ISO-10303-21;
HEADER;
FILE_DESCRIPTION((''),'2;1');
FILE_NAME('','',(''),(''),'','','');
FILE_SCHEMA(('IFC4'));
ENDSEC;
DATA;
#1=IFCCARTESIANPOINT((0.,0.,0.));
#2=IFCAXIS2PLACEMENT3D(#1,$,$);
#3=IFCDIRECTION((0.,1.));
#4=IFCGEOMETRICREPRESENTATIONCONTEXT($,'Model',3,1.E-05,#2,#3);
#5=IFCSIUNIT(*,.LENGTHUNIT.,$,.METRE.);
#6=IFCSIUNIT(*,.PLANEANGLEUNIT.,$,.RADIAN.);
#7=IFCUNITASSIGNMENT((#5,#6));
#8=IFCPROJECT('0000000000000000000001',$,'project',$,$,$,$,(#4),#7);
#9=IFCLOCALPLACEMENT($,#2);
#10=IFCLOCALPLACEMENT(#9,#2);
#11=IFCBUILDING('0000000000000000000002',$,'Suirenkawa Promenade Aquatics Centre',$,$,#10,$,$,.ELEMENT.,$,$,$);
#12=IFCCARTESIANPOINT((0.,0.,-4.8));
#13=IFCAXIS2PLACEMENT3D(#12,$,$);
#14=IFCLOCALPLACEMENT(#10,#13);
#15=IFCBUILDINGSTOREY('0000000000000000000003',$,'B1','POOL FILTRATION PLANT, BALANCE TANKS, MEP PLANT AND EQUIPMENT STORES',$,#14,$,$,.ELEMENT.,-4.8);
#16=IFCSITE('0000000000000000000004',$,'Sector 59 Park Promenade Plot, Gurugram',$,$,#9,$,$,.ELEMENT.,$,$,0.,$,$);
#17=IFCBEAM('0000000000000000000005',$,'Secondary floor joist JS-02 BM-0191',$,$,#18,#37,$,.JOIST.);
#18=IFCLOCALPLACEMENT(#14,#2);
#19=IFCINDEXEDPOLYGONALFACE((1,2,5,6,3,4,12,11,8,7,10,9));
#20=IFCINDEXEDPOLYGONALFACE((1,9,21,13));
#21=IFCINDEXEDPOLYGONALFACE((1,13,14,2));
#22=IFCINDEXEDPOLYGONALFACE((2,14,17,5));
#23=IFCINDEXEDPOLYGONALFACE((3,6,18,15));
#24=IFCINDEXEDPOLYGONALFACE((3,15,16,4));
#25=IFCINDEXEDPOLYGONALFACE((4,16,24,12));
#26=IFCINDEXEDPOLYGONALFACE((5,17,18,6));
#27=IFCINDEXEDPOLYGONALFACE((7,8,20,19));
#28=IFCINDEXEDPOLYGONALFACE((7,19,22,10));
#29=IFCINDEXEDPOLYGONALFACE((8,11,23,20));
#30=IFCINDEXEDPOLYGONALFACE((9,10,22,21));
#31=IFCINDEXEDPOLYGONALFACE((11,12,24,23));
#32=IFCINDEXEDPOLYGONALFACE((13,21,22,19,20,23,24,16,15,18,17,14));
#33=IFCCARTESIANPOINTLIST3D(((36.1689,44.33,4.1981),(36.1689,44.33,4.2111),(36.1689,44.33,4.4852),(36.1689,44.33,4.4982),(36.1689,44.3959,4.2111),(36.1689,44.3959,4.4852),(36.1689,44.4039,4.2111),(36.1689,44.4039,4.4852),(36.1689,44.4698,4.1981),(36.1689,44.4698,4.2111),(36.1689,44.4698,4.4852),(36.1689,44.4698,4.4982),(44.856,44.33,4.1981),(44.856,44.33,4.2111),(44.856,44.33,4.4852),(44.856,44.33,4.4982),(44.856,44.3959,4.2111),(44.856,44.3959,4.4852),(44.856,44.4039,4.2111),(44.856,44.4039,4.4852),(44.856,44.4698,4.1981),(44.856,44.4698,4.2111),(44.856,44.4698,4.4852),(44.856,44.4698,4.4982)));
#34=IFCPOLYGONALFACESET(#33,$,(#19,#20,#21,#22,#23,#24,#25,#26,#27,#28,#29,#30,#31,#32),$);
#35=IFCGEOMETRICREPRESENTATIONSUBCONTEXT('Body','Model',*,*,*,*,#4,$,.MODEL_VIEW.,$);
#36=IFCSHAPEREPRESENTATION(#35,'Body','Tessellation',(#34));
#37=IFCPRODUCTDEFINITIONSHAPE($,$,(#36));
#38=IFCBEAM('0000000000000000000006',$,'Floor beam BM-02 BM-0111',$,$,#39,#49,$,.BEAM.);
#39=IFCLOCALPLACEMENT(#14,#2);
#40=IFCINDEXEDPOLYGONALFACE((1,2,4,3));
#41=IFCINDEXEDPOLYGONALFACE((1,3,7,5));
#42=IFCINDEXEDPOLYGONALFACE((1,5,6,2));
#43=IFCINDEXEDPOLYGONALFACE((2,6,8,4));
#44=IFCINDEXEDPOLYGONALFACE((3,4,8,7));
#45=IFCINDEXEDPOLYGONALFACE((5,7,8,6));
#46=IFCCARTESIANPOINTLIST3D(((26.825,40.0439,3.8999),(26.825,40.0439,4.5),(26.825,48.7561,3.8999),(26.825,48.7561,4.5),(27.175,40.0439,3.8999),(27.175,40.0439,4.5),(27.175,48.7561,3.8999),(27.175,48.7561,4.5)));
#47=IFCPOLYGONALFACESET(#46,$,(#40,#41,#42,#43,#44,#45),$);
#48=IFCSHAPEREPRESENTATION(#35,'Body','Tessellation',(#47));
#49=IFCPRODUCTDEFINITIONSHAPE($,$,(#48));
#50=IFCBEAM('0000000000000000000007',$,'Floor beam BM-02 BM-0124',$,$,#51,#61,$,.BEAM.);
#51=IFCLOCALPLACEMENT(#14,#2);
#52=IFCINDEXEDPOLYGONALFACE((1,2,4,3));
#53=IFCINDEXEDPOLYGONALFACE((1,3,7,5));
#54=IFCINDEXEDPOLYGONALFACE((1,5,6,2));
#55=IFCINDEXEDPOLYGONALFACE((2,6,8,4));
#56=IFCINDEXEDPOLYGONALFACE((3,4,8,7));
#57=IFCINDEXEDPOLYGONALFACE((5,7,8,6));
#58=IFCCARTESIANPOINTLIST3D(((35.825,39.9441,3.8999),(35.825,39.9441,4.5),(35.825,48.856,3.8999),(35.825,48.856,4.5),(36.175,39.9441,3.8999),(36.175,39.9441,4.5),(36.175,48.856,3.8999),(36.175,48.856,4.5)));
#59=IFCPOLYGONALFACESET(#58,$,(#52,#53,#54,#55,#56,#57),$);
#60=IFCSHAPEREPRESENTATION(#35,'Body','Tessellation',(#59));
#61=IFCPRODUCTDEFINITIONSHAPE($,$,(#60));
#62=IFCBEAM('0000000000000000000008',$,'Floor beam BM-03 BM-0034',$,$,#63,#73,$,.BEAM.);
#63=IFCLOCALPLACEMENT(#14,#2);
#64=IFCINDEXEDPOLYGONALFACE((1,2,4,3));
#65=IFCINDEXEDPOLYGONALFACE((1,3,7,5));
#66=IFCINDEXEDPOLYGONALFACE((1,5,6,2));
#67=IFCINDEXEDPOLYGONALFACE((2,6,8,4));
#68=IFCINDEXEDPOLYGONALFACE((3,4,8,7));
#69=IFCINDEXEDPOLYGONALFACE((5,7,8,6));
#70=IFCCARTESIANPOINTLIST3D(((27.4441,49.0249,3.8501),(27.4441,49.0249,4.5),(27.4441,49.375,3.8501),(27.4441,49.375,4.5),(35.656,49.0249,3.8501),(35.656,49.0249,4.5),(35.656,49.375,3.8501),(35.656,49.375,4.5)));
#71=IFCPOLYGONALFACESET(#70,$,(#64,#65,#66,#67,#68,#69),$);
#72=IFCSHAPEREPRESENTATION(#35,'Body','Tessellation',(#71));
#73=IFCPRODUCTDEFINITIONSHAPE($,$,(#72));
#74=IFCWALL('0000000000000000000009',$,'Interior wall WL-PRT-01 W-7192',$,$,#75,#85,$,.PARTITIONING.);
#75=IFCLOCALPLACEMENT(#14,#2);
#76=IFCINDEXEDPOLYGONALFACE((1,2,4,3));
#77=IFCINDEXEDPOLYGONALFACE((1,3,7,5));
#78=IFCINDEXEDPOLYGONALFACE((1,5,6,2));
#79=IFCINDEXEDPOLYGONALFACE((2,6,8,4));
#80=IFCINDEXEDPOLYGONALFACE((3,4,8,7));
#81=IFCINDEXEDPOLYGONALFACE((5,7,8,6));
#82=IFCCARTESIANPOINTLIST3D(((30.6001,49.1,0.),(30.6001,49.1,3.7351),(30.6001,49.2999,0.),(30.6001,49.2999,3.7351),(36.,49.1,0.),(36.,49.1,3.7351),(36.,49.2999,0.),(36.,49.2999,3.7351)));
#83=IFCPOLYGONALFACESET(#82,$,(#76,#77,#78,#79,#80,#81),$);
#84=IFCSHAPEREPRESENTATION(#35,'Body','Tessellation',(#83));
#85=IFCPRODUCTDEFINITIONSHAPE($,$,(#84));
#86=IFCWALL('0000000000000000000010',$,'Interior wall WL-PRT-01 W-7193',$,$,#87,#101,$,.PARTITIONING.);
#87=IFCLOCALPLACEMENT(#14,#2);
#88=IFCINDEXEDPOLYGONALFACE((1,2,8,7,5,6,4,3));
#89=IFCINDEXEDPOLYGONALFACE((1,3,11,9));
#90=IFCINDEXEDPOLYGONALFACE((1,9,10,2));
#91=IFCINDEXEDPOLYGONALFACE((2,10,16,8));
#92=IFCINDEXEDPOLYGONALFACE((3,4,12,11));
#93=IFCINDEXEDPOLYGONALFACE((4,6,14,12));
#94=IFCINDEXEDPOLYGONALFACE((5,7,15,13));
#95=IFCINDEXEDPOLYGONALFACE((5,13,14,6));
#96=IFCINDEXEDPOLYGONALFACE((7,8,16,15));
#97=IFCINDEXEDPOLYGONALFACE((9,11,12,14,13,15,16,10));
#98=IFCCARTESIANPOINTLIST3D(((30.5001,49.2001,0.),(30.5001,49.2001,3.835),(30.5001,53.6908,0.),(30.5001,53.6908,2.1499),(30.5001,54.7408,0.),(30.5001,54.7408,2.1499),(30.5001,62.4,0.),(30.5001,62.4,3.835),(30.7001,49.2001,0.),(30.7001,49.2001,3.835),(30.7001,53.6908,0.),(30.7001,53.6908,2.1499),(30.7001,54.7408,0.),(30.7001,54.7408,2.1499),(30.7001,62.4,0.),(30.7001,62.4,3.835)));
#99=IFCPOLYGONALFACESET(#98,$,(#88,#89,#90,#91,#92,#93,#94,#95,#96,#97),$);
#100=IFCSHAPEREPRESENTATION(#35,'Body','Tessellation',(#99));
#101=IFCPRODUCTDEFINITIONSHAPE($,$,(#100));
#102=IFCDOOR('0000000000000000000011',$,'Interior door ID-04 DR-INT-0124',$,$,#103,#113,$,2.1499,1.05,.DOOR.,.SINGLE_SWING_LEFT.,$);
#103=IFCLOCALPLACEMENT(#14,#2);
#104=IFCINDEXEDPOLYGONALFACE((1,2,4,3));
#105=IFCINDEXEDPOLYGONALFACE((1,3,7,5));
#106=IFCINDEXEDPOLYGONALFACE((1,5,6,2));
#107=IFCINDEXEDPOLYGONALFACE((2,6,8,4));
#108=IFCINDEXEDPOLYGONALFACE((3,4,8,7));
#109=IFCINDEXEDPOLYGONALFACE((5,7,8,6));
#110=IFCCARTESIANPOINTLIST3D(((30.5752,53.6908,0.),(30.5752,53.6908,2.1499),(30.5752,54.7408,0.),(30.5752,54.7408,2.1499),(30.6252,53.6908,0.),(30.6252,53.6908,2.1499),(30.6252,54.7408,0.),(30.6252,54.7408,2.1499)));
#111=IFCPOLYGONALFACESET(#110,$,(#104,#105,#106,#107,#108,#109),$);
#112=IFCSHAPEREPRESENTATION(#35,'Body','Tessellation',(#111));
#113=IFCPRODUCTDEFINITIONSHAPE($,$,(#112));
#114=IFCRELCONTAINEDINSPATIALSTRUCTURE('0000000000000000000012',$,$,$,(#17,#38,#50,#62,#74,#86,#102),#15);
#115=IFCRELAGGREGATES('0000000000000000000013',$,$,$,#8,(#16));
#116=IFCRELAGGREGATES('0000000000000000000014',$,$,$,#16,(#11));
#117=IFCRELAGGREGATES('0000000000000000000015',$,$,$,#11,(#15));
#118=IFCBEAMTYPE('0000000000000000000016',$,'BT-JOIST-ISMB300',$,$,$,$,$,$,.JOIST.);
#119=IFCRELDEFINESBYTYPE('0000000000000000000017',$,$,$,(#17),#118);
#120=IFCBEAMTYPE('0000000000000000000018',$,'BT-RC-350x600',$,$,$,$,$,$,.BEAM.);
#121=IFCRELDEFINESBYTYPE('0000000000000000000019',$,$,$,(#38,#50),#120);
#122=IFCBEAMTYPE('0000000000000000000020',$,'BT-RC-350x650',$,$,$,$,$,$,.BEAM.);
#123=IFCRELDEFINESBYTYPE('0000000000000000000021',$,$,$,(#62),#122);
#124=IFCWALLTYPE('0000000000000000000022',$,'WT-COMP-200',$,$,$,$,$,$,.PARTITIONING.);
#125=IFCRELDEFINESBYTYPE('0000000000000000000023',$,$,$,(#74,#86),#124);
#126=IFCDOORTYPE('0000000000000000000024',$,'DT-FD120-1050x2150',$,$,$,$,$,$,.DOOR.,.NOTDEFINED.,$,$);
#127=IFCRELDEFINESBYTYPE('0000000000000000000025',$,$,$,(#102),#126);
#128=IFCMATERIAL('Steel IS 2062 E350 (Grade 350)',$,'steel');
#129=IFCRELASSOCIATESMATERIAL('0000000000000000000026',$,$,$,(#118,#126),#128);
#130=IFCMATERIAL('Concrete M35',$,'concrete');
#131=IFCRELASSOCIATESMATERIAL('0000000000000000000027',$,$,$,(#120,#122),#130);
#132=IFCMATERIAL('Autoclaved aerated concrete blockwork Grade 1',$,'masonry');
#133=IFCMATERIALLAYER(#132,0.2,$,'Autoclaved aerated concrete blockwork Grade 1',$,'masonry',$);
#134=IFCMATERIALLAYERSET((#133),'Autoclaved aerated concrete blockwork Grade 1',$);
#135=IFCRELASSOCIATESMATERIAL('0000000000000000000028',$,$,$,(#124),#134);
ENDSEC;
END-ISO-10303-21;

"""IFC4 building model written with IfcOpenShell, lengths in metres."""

from ifc_helpers import new_model, si_unit, direction, frame, frame_2d, origin, origin_2d, place, context, subcontext, project, spatial, rectangle, i_section, extrude, material, layer, layer_set, material_profile, profile_set, type_object, element, fill, save


model = new_model("IFC4")

# Units and contexts
model_context = context("Model", 3, precision=1e-05, world=origin(), true_north=direction((0.0, 1.0)))
body_context = subcontext(model_context, "Body", "Model", "MODEL_VIEW")
ifc_project = project(units=[si_unit("LENGTHUNIT", "METRE"), si_unit("PLANEANGLEUNIT", "RADIAN")], contexts=[model_context])

# Site, building, storey
site_placement = place(None, origin())
site = spatial("IfcSite", under=ifc_project, at=site_placement, Name="Sector 59 Park Promenade Plot, Gurugram", CompositionType="ELEMENT", RefElevation=0.0)
building_placement = place(site_placement, origin())
building = spatial("IfcBuilding", under=site, at=building_placement, Name="Suirenkawa Promenade Aquatics Centre", CompositionType="ELEMENT")
storey_placement = place(building_placement, frame((0.0, 0.0, -4.8)))
storey = spatial("IfcBuildingStorey", under=building, at=storey_placement, Name="B1", Description="POOL FILTRATION PLANT, BALANCE TANKS, MEP PLANT AND EQUIPMENT STORES", CompositionType="ELEMENT", Elevation=-4.8)

# Shared definitions
ifc_material_1 = material(Name="Concrete M35", Category="concrete")

# Beams
ifc_material_2 = material(Name="Steel IS 2062 E350 (Grade 350)", Category="steel")
ifc_material_profile_1 = material_profile(ifc_material_2, i_section(OverallWidth=0.1399, OverallDepth=0.3, WebThickness=0.0081, FlangeThickness=0.0129, at=origin_2d()), Name="ISMB 300", Category="steel")
ifc_profile_set_1 = profile_set([ifc_material_profile_1], Name="Steel IS 2062 E350 (Grade 350)")
beam_type_1 = type_object("IfcBeamType", Name="BT-JOIST-ISMB300", PredefinedType="JOIST", material=ifc_profile_set_1)
beam_1_placement = place(storey_placement, frame((36.1689, 44.3999, 4.3481), z_axis=(1.0, 0.0, 0.0), x_axis=(0.0, 1.0, 0.0)))
element("IfcBeam", 1, at=beam_1_placement, inside=storey, type_object=beam_type_1, Name="Secondary floor joist JS-02 BM-0191", PredefinedType="JOIST", context=body_context, shape_type="SweptSolid", body=[
    extrude(i_section(OverallWidth=0.1399, OverallDepth=0.3, WebThickness=0.0081, FlangeThickness=0.0129, at=origin_2d()), origin(), (0.0, 0.0, 1.0), 8.687),
])
ifc_material_profile_2 = material_profile(ifc_material_1, rectangle(XDim=0.3501, YDim=0.6001, at=origin_2d()), Name="RC BM 350x600", Category="concrete")
ifc_profile_set_2 = profile_set([ifc_material_profile_2], Name="Concrete M35")
beam_type_2 = type_object("IfcBeamType", Name="BT-RC-350x600", PredefinedType="BEAM", material=ifc_profile_set_2)
beam_2_placement = place(storey_placement, frame((27.0, 40.0439, 4.2), z_axis=(0.0, 1.0, 0.0), x_axis=(-1.0, 0.0, 0.0)))
element("IfcBeam", 2, at=beam_2_placement, inside=storey, type_object=beam_type_2, Name="Floor beam BM-02 BM-0111", PredefinedType="BEAM", context=body_context, shape_type="SweptSolid", body=[
    extrude(rectangle(XDim=0.3501, YDim=0.6001, at=origin_2d()), origin(), (0.0, 0.0, 1.0), 8.7122),
])
beam_3_placement = place(storey_placement, frame((36.0, 39.9441, 4.2), z_axis=(0.0, 1.0, 0.0), x_axis=(-1.0, 0.0, 0.0)))
element("IfcBeam", 3, at=beam_3_placement, inside=storey, type_object=beam_type_2, Name="Floor beam BM-02 BM-0124", PredefinedType="BEAM", context=body_context, shape_type="SweptSolid", body=[
    extrude(rectangle(XDim=0.3501, YDim=0.6001, at=origin_2d()), origin(), (0.0, 0.0, 1.0), 8.9119),
])
ifc_material_profile_3 = material_profile(ifc_material_1, rectangle(XDim=0.3501, YDim=0.6499, at=origin_2d()), Name="RC BM 350x650", Category="concrete")
ifc_profile_set_3 = profile_set([ifc_material_profile_3], Name="Concrete M35")
beam_type_3 = type_object("IfcBeamType", Name="BT-RC-350x650", PredefinedType="BEAM", material=ifc_profile_set_3)
beam_4_placement = place(storey_placement, frame((27.4441, 49.2, 4.175), z_axis=(1.0, 0.0, 0.0), x_axis=(0.0, 1.0, 0.0)))
element("IfcBeam", 4, at=beam_4_placement, inside=storey, type_object=beam_type_3, Name="Floor beam BM-03 BM-0034", PredefinedType="BEAM", context=body_context, shape_type="SweptSolid", body=[
    extrude(rectangle(XDim=0.3501, YDim=0.6499, at=origin_2d()), origin(), (0.0, 0.0, 1.0), 8.2119),
])

# Wall
ifc_material_3 = material(Name="Autoclaved aerated concrete blockwork Grade 1", Category="masonry")
ifc_layer = layer(ifc_material_3, 0.2, Name="Autoclaved aerated concrete blockwork Grade 1", Category="masonry")
ifc_layer_set = layer_set([ifc_layer], Name="Autoclaved aerated concrete blockwork Grade 1")
wall_type = type_object("IfcWallType", Name="WT-COMP-200", PredefinedType="PARTITIONING", material=ifc_layer_set)
wall_1_placement = place(storey_placement, frame((30.6001, 49.2, 0.0), z_axis=(0.0, 0.0, 1.0), x_axis=(1.0, 0.0, 0.0)))
element("IfcWall", 5, at=wall_1_placement, inside=storey, type_object=wall_type, Name="Interior wall WL-PRT-01 W-7192", PredefinedType="PARTITIONING", context=body_context, shape_type="SweptSolid", body=[
    extrude(rectangle(XDim=5.3999, YDim=0.2, at=frame_2d((2.7, 0.0))), origin(), (0.0, 0.0, 1.0), 3.7351),
])

# Wall, opening, door
wall_2_placement = place(storey_placement, frame((30.6001, 49.2, 0.0), z_axis=(0.0, 0.0, 1.0), x_axis=(0.0, 1.0, 0.0)))
wall_2 = element("IfcWall", 6, at=wall_2_placement, inside=storey, type_object=wall_type, Name="Interior wall WL-PRT-01 W-7193", PredefinedType="PARTITIONING", context=body_context, shape_type="SweptSolid", body=[
    extrude(rectangle(XDim=13.2, YDim=0.2, at=frame_2d((6.6001, 0.0))), origin(), (0.0, 0.0, 1.0), 3.835),
])
opening_placement = place(wall_2_placement, frame((4.491, 0.0, 0.0)))
opening = element("IfcOpeningElement", 7, at=opening_placement, cuts=wall_2, PredefinedType="OPENING", context=body_context, shape_type="SweptSolid", body=[
    extrude(rectangle(XDim=1.05, YDim=2.1499, at=frame_2d((0.5249, 1.075))), frame((0.0, 0.1099, 0.0), z_axis=(0.0, -1.0, 0.0), x_axis=(1.0, 0.0, 0.0)), (0.0, 0.0, 1.0), 0.22),
])
door_type = type_object("IfcDoorType", Name="DT-FD120-1050x2150", OperationType="NOTDEFINED", PredefinedType="DOOR", material=ifc_material_2)
door_placement = place(opening_placement, origin())
door = element("IfcDoor", 8, at=door_placement, inside=storey, type_object=door_type, Name="Interior door ID-04 DR-INT-0124", OperationType="SINGLE_SWING_LEFT", OverallHeight=2.1499, OverallWidth=1.05, PredefinedType="DOOR", context=body_context, shape_type="SweptSolid", body=[
    extrude(rectangle(XDim=1.05, YDim=2.1499, at=frame_2d((0.5249, 1.075))), frame((0.0, 0.0249, 0.0), z_axis=(0.0, -1.0, 0.0), x_axis=(1.0, 0.0, 0.0)), (0.0, 0.0, 1.0), 0.05),
])
fill(opening, door)

save(model, "model.ifc")
